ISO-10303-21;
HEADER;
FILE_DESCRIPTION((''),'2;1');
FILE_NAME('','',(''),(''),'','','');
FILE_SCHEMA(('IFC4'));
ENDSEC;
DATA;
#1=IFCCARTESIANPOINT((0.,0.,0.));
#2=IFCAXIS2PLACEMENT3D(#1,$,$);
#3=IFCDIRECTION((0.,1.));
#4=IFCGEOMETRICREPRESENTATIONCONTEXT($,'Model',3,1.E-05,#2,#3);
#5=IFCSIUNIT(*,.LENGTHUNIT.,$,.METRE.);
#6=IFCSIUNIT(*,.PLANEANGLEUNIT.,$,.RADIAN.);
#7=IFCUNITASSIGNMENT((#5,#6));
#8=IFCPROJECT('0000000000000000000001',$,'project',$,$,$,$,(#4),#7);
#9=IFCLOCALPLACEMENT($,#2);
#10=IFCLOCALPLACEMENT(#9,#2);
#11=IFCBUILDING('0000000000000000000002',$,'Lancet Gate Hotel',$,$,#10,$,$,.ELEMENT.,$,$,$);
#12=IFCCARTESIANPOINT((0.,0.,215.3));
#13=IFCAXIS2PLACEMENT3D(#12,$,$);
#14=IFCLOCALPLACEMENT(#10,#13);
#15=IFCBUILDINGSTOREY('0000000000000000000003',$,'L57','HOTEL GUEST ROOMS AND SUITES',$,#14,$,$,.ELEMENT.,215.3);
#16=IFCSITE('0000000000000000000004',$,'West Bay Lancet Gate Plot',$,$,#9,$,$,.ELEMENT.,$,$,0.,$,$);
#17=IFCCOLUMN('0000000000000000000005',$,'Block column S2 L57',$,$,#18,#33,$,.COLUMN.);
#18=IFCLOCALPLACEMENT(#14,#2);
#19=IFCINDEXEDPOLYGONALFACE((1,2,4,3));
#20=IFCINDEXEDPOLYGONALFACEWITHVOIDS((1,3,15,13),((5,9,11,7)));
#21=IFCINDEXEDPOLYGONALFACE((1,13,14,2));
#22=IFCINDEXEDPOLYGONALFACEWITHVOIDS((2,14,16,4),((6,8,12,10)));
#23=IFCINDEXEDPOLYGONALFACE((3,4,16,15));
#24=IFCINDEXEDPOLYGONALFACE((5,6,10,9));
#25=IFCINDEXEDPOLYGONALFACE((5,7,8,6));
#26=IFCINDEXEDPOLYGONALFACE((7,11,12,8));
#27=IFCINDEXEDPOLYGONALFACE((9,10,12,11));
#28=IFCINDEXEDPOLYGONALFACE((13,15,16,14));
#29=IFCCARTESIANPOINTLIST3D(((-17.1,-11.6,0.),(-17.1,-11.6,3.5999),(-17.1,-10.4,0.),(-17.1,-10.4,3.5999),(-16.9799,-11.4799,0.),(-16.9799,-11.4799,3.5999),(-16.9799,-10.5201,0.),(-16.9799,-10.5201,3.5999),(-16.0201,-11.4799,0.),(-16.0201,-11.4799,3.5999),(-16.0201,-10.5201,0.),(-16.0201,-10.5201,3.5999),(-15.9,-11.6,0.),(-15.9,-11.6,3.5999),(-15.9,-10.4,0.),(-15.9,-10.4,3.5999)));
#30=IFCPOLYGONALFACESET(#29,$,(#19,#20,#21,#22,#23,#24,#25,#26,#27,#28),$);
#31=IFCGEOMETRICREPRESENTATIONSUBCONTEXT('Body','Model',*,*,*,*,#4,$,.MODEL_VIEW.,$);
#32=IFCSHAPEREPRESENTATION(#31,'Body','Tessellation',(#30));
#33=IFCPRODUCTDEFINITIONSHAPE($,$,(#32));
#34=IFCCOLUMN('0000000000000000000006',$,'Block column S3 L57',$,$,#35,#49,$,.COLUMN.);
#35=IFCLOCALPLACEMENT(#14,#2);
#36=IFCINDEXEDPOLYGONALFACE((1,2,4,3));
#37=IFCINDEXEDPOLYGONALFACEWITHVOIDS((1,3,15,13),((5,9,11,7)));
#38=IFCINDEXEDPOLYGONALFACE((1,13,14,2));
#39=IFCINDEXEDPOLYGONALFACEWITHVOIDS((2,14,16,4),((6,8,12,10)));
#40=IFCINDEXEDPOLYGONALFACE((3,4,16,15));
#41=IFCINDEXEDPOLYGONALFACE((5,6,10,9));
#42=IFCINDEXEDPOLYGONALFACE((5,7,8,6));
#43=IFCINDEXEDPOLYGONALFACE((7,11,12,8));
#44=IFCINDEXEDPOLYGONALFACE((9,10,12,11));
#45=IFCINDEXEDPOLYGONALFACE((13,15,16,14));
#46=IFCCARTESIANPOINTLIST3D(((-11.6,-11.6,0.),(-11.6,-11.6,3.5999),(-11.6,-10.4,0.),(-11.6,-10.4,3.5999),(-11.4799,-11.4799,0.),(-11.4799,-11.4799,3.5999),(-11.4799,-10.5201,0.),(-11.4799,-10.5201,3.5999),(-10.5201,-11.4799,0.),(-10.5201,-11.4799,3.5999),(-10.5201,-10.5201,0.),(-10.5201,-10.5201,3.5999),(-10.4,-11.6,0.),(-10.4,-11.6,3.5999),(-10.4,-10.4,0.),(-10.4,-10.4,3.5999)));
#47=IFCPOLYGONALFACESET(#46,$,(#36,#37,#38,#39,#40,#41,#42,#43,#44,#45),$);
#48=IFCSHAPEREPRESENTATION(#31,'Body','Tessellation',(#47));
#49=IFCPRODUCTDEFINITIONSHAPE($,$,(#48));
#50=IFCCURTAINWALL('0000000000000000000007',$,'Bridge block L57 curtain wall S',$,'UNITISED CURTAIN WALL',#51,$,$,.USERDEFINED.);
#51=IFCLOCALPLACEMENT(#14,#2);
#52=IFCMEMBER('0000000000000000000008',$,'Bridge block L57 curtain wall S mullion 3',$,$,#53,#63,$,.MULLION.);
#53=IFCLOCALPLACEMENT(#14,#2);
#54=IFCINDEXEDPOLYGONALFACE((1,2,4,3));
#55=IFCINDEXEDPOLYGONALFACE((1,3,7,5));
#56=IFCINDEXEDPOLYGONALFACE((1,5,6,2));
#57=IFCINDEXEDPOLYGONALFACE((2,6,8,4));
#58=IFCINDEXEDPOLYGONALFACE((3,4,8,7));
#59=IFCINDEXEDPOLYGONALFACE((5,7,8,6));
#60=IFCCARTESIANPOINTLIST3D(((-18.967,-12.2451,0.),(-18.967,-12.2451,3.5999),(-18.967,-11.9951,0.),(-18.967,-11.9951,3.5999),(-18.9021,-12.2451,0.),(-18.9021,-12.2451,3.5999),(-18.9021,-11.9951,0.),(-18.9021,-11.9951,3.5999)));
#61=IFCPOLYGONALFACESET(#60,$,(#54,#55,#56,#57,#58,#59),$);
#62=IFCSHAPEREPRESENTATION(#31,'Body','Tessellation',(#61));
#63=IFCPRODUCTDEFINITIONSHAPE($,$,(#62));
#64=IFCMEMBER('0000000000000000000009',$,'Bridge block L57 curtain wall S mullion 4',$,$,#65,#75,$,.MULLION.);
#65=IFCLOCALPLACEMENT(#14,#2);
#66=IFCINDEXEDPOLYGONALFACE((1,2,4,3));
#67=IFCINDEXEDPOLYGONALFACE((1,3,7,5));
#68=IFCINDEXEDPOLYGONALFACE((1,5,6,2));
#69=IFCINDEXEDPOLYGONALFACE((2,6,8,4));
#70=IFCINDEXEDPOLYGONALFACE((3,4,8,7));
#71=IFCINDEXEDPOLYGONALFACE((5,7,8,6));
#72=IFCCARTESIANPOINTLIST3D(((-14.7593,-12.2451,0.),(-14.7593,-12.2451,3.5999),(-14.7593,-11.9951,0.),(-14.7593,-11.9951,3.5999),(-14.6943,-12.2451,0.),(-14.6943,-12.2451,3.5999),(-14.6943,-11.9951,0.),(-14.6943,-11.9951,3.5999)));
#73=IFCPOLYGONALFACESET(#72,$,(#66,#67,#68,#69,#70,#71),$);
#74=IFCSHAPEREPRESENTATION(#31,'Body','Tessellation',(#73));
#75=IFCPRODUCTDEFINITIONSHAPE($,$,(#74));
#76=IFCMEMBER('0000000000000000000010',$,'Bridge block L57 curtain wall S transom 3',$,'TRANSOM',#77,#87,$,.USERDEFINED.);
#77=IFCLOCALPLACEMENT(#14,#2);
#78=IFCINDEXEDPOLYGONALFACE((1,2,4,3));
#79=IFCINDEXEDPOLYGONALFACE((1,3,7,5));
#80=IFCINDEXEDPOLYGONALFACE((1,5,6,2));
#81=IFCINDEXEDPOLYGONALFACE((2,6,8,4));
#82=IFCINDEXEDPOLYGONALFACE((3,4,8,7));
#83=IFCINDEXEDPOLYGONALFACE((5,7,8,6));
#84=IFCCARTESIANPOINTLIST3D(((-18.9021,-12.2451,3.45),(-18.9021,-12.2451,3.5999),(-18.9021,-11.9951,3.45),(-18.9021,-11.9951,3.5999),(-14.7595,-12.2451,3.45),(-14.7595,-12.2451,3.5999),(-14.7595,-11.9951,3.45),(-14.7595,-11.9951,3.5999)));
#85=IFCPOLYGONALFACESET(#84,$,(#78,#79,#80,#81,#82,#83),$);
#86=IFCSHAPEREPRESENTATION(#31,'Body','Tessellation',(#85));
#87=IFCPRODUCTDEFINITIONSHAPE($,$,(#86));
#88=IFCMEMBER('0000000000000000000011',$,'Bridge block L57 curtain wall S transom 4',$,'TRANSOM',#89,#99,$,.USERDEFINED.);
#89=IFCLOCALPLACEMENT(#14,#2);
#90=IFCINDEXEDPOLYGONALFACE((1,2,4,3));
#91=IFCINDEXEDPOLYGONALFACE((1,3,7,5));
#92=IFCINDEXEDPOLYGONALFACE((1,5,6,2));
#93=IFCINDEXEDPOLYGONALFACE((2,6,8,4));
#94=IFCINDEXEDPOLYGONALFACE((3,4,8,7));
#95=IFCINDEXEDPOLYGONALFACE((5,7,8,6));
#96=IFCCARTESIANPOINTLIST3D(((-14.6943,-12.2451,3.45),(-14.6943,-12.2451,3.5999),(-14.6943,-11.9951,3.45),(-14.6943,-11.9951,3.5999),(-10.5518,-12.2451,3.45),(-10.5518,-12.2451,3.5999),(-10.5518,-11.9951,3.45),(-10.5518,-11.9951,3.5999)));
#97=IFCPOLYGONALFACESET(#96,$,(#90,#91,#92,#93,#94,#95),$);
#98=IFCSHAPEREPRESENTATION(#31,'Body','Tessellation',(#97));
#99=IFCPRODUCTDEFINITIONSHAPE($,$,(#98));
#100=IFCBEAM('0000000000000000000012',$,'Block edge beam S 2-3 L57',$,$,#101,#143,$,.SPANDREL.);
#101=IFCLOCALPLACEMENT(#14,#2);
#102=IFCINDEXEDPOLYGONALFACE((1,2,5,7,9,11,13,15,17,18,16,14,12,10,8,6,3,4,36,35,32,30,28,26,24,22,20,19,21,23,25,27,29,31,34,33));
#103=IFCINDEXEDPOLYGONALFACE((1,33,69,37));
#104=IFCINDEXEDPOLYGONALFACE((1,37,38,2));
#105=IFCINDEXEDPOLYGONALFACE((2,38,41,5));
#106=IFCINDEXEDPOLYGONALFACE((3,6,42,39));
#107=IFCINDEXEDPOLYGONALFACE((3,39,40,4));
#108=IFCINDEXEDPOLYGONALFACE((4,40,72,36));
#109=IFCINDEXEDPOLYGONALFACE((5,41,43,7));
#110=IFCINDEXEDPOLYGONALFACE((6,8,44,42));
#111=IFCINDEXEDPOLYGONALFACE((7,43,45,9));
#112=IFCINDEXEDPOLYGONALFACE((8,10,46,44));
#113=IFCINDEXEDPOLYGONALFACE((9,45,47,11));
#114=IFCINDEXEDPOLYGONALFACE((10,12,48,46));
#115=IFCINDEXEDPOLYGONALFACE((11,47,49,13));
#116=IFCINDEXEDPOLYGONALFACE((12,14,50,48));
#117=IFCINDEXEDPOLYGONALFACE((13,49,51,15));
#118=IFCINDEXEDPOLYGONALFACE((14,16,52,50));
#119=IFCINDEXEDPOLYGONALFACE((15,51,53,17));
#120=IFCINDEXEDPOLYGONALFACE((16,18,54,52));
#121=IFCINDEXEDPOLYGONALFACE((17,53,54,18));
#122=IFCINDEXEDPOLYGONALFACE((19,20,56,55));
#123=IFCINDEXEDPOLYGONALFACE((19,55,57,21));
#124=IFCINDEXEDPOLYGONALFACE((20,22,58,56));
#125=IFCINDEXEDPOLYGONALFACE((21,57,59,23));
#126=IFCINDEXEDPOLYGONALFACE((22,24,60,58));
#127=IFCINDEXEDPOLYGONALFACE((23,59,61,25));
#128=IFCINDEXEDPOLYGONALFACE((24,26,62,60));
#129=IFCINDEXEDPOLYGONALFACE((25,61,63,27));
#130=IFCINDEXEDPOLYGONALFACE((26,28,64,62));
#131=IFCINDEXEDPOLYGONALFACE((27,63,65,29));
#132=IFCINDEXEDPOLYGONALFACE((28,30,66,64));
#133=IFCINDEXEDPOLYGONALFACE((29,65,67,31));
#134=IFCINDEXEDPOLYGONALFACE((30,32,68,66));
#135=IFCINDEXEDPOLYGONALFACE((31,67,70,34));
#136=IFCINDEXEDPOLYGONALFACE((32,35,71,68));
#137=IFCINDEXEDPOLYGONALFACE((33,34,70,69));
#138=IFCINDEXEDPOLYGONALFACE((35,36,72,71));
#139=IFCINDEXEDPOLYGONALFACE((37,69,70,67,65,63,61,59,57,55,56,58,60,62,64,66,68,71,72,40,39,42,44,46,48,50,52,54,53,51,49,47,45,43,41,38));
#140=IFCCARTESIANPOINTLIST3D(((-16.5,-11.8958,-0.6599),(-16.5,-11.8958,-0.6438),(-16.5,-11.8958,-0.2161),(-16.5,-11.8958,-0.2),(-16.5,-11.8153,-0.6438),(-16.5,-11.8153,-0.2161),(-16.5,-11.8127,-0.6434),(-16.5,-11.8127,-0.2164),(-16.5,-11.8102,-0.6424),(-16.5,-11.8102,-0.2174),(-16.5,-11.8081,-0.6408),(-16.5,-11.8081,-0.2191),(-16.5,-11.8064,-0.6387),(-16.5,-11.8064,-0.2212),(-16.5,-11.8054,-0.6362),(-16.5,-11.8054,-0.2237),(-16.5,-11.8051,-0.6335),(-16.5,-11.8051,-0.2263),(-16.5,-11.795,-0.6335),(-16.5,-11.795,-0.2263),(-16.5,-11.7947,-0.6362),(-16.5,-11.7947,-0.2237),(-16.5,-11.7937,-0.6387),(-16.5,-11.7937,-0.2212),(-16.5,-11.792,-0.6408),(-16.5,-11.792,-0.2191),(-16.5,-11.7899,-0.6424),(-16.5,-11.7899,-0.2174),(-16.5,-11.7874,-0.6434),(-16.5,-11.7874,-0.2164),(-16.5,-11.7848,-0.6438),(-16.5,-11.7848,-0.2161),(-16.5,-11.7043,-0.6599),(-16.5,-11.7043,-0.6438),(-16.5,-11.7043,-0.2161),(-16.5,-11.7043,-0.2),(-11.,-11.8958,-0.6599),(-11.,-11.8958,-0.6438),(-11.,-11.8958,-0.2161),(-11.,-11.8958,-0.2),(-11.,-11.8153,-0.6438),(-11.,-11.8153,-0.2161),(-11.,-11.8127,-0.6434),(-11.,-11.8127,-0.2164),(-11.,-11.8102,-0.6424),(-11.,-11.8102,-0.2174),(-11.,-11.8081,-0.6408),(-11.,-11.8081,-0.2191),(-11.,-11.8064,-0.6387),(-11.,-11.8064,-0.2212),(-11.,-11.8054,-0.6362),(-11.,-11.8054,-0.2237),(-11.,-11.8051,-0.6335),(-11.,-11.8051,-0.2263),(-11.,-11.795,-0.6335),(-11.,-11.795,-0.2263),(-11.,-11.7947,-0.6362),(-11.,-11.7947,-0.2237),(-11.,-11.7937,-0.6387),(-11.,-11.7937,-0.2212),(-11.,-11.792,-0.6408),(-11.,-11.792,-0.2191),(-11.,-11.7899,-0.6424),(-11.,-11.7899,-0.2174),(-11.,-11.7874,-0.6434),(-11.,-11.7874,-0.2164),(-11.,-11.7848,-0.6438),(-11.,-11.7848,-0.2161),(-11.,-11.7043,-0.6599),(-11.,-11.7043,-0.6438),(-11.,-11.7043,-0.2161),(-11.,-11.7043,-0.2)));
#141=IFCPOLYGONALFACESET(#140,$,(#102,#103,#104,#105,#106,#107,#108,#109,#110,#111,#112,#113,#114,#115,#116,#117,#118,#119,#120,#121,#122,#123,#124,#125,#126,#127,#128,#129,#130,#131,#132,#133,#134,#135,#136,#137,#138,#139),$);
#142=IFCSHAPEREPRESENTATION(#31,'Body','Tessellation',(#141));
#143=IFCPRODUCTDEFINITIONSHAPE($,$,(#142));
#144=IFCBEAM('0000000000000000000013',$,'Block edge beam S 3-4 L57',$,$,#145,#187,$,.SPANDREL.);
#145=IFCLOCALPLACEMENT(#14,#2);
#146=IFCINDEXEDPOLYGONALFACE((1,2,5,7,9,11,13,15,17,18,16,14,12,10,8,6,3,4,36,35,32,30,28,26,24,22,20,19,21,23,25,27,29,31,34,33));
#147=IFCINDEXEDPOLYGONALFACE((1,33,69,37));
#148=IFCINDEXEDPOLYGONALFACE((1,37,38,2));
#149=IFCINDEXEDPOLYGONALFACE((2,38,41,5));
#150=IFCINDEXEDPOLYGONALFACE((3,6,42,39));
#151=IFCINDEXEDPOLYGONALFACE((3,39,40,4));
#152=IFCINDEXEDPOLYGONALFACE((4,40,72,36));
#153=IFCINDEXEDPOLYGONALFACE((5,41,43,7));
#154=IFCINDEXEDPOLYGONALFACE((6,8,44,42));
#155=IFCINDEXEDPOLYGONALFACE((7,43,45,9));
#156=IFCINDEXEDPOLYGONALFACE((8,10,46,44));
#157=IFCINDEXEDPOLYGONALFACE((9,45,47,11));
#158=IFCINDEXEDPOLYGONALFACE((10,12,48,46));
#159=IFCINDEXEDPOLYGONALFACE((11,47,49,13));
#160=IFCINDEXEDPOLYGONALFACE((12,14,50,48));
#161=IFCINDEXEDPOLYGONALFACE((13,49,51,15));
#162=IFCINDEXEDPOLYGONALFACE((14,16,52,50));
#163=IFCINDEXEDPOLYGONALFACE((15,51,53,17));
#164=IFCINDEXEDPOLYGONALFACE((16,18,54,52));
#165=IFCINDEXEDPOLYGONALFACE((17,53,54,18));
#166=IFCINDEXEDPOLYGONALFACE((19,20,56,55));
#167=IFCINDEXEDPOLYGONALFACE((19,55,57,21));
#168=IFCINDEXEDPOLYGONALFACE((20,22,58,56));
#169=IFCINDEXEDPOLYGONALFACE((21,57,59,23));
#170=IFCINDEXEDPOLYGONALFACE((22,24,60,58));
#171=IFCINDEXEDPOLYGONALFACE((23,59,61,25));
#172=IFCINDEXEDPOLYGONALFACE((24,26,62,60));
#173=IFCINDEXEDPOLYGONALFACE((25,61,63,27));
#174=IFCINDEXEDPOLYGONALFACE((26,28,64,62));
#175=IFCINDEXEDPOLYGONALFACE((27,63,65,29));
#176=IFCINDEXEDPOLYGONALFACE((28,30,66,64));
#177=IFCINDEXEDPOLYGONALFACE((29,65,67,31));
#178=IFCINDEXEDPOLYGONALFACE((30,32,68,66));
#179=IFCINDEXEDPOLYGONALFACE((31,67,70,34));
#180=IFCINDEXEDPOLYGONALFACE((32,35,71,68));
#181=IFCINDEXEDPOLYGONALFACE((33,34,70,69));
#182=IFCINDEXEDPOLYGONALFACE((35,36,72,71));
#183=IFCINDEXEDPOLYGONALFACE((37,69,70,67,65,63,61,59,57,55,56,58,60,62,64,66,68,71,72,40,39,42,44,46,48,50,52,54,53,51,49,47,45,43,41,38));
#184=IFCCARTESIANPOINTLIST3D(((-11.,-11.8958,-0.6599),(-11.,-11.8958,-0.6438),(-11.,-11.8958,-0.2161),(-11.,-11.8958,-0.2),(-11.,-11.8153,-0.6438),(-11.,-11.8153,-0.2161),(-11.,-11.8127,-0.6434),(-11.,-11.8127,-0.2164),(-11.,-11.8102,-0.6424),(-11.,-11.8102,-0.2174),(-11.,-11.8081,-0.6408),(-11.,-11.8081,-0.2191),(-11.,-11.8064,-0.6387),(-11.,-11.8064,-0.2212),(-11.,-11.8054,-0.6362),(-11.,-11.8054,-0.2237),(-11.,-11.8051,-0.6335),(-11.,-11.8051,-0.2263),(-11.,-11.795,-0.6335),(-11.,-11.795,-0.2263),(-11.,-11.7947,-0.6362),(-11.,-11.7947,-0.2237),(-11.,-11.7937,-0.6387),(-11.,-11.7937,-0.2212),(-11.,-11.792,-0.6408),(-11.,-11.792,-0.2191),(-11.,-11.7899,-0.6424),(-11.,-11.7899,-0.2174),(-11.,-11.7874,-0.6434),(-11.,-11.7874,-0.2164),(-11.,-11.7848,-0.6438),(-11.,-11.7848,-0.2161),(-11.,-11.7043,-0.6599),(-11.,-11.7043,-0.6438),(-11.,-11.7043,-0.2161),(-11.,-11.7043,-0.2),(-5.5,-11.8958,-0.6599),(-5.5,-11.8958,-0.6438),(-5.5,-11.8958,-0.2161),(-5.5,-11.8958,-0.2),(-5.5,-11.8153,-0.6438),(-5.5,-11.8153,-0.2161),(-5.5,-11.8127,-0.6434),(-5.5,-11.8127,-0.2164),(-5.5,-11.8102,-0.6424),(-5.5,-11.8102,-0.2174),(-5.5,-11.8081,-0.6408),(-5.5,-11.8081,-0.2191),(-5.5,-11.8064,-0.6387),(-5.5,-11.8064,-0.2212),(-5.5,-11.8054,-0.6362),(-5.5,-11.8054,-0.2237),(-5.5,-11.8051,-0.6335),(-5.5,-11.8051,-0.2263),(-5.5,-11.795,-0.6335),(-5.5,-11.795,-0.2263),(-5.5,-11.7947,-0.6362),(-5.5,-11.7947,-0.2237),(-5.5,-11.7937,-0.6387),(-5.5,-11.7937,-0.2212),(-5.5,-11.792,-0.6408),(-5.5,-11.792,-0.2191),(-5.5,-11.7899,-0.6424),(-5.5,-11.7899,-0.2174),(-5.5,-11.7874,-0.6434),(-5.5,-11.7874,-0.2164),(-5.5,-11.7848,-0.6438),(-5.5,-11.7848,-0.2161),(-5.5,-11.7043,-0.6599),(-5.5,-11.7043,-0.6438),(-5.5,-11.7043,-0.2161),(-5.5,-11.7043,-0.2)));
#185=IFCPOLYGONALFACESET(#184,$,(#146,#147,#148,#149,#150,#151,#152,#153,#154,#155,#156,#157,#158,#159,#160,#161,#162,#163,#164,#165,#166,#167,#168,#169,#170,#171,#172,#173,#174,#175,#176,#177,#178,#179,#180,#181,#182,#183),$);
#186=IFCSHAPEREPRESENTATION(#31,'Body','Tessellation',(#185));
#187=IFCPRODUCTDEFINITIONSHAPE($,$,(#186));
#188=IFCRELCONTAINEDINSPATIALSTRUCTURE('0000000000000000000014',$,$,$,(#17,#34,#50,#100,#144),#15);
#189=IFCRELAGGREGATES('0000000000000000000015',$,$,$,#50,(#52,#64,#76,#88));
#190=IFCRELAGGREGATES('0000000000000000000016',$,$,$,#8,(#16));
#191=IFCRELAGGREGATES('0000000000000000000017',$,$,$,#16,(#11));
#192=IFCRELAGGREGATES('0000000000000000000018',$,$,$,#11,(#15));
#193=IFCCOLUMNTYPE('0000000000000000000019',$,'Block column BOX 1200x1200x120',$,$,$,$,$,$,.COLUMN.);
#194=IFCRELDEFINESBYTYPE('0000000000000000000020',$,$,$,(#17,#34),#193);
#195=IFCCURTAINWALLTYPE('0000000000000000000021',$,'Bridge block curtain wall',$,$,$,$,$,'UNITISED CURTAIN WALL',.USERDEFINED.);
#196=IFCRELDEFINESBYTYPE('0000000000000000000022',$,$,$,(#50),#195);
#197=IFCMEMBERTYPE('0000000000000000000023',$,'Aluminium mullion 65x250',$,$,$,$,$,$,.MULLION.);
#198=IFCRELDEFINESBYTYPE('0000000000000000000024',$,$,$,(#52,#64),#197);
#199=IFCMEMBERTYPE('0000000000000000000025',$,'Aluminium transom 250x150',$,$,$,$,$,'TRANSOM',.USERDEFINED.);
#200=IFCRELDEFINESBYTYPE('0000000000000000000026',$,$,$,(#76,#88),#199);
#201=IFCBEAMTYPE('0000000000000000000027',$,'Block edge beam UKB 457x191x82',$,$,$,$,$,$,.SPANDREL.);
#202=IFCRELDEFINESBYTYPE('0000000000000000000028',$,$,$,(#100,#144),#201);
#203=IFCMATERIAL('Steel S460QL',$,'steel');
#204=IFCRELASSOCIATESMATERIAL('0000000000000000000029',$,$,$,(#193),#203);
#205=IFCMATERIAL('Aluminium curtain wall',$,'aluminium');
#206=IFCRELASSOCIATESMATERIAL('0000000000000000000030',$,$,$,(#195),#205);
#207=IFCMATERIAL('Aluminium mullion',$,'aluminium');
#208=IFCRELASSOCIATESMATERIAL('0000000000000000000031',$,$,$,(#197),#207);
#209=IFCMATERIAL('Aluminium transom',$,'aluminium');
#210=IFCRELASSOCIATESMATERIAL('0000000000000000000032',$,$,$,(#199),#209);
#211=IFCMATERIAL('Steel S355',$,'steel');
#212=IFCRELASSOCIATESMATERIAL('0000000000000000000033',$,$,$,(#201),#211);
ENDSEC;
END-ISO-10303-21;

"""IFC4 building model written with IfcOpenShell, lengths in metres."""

from ifc_helpers import new_model, si_unit, direction, frame, origin, origin_2d, place, context, subcontext, project, spatial, rectangle, hollow_rectangle, i_section, extrude, material, material_profile, profile_set, type_object, element, aggregate, save


model = new_model("IFC4")

# Units and contexts
model_context = context("Model", 3, precision=1e-05, world=origin(), true_north=direction((0.0, 1.0)))
body_context = subcontext(model_context, "Body", "Model", "MODEL_VIEW")
ifc_project = project(units=[si_unit("LENGTHUNIT", "METRE"), si_unit("PLANEANGLEUNIT", "RADIAN")], contexts=[model_context])

# Site, building, storey
site_placement = place(None, origin())
site = spatial("IfcSite", under=ifc_project, at=site_placement, Name="West Bay Lancet Gate Plot", CompositionType="ELEMENT", RefElevation=0.0)
building_placement = place(site_placement, origin())
building = spatial("IfcBuilding", under=site, at=building_placement, Name="Lancet Gate Hotel", CompositionType="ELEMENT")
storey_placement = place(building_placement, frame((0.0, 0.0, 215.3)))
storey = spatial("IfcBuildingStorey", under=building, at=storey_placement, Name="L57", Description="HOTEL GUEST ROOMS AND SUITES", CompositionType="ELEMENT", Elevation=215.3)

# Columns
ifc_material_1 = material(Name="Steel S460QL", Category="steel")
ifc_material_profile_1 = material_profile(ifc_material_1, hollow_rectangle(XDim=1.2, YDim=1.2, WallThickness=0.1201, at=origin_2d()), Name="BOX 1200x1200x120")
ifc_profile_set_1 = profile_set([ifc_material_profile_1], Name="Steel S460QL")
column_type = type_object("IfcColumnType", Name="Block column BOX 1200x1200x120", PredefinedType="COLUMN", material=ifc_profile_set_1)
for number, where, z_axis, x_axis, name in (
    (1, (-16.5, -11.0, 0.0), (0.0, 0.0, 1.0), (1.0, 0.0, 0.0), "Block column S2 L57"),
    (2, (-11.0, -11.0, 0.0), (0.0, 0.0, 1.0), (1.0, 0.0, 0.0), "Block column S3 L57"),
):
    element("IfcColumn", number, at=place(storey_placement, frame(where, z_axis=z_axis, x_axis=x_axis)), inside=storey, type_object=column_type, Name=name, PredefinedType="COLUMN", context=body_context, shape_type="SweptSolid", body=[
        extrude(hollow_rectangle(XDim=1.2, YDim=1.2, WallThickness=0.1201, at=origin_2d()), origin(), (0.0, 0.0, 1.0), 3.5999),
    ])

# Curtain wall, members
ifc_material_2 = material(Name="Aluminium curtain wall", Category="aluminium")
curtain_wall_type = type_object("IfcCurtainWallType", Name="Bridge block curtain wall", ElementType="UNITISED CURTAIN WALL", PredefinedType="USERDEFINED", material=ifc_material_2)
curtain_wall_placement = place(storey_placement, origin())
curtain_wall = element("IfcCurtainWall", 3, at=curtain_wall_placement, inside=storey, type_object=curtain_wall_type, Name="Bridge block L57 curtain wall S", ObjectType="UNITISED CURTAIN WALL", PredefinedType="USERDEFINED")
ifc_material_3 = material(Name="Aluminium mullion", Category="aluminium")
ifc_material_profile_2 = material_profile(ifc_material_3, rectangle(XDim=0.0649, YDim=0.25, at=origin_2d()), Name="MULLION 65x250")
ifc_profile_set_2 = profile_set([ifc_material_profile_2], Name="Aluminium mullion")
member_type_1 = type_object("IfcMemberType", Name="Aluminium mullion 65x250", PredefinedType="MULLION", material=ifc_profile_set_2)
member_1_placement = place(storey_placement, frame((-18.9346, -12.1201, 0.0), z_axis=(0.0, 0.0, 1.0), x_axis=(1.0, 0.0, 0.0)))
member_1 = element("IfcMember", 4, at=member_1_placement, type_object=member_type_1, Name="Bridge block L57 curtain wall S mullion 3", PredefinedType="MULLION", context=body_context, shape_type="SweptSolid", body=[
    extrude(rectangle(XDim=0.0649, YDim=0.25, at=origin_2d()), origin(), (0.0, 0.0, 1.0), 3.5999),
])
member_2_placement = place(storey_placement, frame((-14.7268, -12.1201, 0.0), z_axis=(0.0, 0.0, 1.0), x_axis=(1.0, 0.0, 0.0)))
member_2 = element("IfcMember", 5, at=member_2_placement, type_object=member_type_1, Name="Bridge block L57 curtain wall S mullion 4", PredefinedType="MULLION", context=body_context, shape_type="SweptSolid", body=[
    extrude(rectangle(XDim=0.0649, YDim=0.25, at=origin_2d()), origin(), (0.0, 0.0, 1.0), 3.5999),
])
ifc_material_4 = material(Name="Aluminium transom", Category="aluminium")
ifc_material_profile_3 = material_profile(ifc_material_4, rectangle(XDim=0.25, YDim=0.1499, at=origin_2d()), Name="TRANSOM 250x150")
ifc_profile_set_3 = profile_set([ifc_material_profile_3], Name="Aluminium transom")
member_type_2 = type_object("IfcMemberType", Name="Aluminium transom 250x150", ElementType="TRANSOM", PredefinedType="USERDEFINED", material=ifc_profile_set_3)
member_3_placement = place(storey_placement, frame((-18.9021, -12.1201, 3.5249), z_axis=(1.0, 0.0, 0.0), x_axis=(0.0, 1.0, 0.0)))
member_3 = element("IfcMember", 6, at=member_3_placement, type_object=member_type_2, Name="Bridge block L57 curtain wall S transom 3", ObjectType="TRANSOM", PredefinedType="USERDEFINED", context=body_context, shape_type="SweptSolid", body=[
    extrude(rectangle(XDim=0.25, YDim=0.1499, at=origin_2d()), origin(), (0.0, 0.0, 1.0), 4.1426),
])
member_4_placement = place(storey_placement, frame((-14.6943, -12.1201, 3.5249), z_axis=(1.0, 0.0, 0.0), x_axis=(0.0, 1.0, 0.0)))
member_4 = element("IfcMember", 7, at=member_4_placement, type_object=member_type_2, Name="Bridge block L57 curtain wall S transom 4", ObjectType="TRANSOM", PredefinedType="USERDEFINED", context=body_context, shape_type="SweptSolid", body=[
    extrude(rectangle(XDim=0.25, YDim=0.1499, at=origin_2d()), origin(), (0.0, 0.0, 1.0), 4.1426),
])

# Beams
ifc_material_5 = material(Name="Steel S355", Category="steel")
ifc_material_profile_4 = material_profile(ifc_material_5, i_section(OverallWidth=0.1914, OverallDepth=0.46, WebThickness=0.01, FlangeThickness=0.0161, FilletRadius=0.0103, at=origin_2d()), Name="UKB 457x191x82")
ifc_profile_set_4 = profile_set([ifc_material_profile_4], Name="Steel S355")
beam_type_1 = type_object("IfcBeamType", Name="Block edge beam UKB 457x191x82", PredefinedType="SPANDREL", material=ifc_profile_set_4)
for number, where, z_axis, x_axis, name in (
    (8, (-16.5, -11.8, -0.4299), (1.0, 0.0, 0.0), (0.0, 1.0, 0.0), "Block edge beam S 2-3 L57"),
    (9, (-11.0, -11.8, -0.4299), (1.0, 0.0, 0.0), (0.0, 1.0, 0.0), "Block edge beam S 3-4 L57"),
):
    element("IfcBeam", number, at=place(storey_placement, frame(where, z_axis=z_axis, x_axis=x_axis)), inside=storey, type_object=beam_type_1, Name=name, PredefinedType="SPANDREL", context=body_context, shape_type="SweptSolid", body=[
        extrude(i_section(OverallWidth=0.1914, OverallDepth=0.46, WebThickness=0.01, FlangeThickness=0.0161, FilletRadius=0.0103, at=origin_2d()), origin(), (0.0, 0.0, 1.0), 5.5),
    ])

aggregate(curtain_wall, [member_1, member_2, member_3, member_4])

save(model, "model.ifc")
